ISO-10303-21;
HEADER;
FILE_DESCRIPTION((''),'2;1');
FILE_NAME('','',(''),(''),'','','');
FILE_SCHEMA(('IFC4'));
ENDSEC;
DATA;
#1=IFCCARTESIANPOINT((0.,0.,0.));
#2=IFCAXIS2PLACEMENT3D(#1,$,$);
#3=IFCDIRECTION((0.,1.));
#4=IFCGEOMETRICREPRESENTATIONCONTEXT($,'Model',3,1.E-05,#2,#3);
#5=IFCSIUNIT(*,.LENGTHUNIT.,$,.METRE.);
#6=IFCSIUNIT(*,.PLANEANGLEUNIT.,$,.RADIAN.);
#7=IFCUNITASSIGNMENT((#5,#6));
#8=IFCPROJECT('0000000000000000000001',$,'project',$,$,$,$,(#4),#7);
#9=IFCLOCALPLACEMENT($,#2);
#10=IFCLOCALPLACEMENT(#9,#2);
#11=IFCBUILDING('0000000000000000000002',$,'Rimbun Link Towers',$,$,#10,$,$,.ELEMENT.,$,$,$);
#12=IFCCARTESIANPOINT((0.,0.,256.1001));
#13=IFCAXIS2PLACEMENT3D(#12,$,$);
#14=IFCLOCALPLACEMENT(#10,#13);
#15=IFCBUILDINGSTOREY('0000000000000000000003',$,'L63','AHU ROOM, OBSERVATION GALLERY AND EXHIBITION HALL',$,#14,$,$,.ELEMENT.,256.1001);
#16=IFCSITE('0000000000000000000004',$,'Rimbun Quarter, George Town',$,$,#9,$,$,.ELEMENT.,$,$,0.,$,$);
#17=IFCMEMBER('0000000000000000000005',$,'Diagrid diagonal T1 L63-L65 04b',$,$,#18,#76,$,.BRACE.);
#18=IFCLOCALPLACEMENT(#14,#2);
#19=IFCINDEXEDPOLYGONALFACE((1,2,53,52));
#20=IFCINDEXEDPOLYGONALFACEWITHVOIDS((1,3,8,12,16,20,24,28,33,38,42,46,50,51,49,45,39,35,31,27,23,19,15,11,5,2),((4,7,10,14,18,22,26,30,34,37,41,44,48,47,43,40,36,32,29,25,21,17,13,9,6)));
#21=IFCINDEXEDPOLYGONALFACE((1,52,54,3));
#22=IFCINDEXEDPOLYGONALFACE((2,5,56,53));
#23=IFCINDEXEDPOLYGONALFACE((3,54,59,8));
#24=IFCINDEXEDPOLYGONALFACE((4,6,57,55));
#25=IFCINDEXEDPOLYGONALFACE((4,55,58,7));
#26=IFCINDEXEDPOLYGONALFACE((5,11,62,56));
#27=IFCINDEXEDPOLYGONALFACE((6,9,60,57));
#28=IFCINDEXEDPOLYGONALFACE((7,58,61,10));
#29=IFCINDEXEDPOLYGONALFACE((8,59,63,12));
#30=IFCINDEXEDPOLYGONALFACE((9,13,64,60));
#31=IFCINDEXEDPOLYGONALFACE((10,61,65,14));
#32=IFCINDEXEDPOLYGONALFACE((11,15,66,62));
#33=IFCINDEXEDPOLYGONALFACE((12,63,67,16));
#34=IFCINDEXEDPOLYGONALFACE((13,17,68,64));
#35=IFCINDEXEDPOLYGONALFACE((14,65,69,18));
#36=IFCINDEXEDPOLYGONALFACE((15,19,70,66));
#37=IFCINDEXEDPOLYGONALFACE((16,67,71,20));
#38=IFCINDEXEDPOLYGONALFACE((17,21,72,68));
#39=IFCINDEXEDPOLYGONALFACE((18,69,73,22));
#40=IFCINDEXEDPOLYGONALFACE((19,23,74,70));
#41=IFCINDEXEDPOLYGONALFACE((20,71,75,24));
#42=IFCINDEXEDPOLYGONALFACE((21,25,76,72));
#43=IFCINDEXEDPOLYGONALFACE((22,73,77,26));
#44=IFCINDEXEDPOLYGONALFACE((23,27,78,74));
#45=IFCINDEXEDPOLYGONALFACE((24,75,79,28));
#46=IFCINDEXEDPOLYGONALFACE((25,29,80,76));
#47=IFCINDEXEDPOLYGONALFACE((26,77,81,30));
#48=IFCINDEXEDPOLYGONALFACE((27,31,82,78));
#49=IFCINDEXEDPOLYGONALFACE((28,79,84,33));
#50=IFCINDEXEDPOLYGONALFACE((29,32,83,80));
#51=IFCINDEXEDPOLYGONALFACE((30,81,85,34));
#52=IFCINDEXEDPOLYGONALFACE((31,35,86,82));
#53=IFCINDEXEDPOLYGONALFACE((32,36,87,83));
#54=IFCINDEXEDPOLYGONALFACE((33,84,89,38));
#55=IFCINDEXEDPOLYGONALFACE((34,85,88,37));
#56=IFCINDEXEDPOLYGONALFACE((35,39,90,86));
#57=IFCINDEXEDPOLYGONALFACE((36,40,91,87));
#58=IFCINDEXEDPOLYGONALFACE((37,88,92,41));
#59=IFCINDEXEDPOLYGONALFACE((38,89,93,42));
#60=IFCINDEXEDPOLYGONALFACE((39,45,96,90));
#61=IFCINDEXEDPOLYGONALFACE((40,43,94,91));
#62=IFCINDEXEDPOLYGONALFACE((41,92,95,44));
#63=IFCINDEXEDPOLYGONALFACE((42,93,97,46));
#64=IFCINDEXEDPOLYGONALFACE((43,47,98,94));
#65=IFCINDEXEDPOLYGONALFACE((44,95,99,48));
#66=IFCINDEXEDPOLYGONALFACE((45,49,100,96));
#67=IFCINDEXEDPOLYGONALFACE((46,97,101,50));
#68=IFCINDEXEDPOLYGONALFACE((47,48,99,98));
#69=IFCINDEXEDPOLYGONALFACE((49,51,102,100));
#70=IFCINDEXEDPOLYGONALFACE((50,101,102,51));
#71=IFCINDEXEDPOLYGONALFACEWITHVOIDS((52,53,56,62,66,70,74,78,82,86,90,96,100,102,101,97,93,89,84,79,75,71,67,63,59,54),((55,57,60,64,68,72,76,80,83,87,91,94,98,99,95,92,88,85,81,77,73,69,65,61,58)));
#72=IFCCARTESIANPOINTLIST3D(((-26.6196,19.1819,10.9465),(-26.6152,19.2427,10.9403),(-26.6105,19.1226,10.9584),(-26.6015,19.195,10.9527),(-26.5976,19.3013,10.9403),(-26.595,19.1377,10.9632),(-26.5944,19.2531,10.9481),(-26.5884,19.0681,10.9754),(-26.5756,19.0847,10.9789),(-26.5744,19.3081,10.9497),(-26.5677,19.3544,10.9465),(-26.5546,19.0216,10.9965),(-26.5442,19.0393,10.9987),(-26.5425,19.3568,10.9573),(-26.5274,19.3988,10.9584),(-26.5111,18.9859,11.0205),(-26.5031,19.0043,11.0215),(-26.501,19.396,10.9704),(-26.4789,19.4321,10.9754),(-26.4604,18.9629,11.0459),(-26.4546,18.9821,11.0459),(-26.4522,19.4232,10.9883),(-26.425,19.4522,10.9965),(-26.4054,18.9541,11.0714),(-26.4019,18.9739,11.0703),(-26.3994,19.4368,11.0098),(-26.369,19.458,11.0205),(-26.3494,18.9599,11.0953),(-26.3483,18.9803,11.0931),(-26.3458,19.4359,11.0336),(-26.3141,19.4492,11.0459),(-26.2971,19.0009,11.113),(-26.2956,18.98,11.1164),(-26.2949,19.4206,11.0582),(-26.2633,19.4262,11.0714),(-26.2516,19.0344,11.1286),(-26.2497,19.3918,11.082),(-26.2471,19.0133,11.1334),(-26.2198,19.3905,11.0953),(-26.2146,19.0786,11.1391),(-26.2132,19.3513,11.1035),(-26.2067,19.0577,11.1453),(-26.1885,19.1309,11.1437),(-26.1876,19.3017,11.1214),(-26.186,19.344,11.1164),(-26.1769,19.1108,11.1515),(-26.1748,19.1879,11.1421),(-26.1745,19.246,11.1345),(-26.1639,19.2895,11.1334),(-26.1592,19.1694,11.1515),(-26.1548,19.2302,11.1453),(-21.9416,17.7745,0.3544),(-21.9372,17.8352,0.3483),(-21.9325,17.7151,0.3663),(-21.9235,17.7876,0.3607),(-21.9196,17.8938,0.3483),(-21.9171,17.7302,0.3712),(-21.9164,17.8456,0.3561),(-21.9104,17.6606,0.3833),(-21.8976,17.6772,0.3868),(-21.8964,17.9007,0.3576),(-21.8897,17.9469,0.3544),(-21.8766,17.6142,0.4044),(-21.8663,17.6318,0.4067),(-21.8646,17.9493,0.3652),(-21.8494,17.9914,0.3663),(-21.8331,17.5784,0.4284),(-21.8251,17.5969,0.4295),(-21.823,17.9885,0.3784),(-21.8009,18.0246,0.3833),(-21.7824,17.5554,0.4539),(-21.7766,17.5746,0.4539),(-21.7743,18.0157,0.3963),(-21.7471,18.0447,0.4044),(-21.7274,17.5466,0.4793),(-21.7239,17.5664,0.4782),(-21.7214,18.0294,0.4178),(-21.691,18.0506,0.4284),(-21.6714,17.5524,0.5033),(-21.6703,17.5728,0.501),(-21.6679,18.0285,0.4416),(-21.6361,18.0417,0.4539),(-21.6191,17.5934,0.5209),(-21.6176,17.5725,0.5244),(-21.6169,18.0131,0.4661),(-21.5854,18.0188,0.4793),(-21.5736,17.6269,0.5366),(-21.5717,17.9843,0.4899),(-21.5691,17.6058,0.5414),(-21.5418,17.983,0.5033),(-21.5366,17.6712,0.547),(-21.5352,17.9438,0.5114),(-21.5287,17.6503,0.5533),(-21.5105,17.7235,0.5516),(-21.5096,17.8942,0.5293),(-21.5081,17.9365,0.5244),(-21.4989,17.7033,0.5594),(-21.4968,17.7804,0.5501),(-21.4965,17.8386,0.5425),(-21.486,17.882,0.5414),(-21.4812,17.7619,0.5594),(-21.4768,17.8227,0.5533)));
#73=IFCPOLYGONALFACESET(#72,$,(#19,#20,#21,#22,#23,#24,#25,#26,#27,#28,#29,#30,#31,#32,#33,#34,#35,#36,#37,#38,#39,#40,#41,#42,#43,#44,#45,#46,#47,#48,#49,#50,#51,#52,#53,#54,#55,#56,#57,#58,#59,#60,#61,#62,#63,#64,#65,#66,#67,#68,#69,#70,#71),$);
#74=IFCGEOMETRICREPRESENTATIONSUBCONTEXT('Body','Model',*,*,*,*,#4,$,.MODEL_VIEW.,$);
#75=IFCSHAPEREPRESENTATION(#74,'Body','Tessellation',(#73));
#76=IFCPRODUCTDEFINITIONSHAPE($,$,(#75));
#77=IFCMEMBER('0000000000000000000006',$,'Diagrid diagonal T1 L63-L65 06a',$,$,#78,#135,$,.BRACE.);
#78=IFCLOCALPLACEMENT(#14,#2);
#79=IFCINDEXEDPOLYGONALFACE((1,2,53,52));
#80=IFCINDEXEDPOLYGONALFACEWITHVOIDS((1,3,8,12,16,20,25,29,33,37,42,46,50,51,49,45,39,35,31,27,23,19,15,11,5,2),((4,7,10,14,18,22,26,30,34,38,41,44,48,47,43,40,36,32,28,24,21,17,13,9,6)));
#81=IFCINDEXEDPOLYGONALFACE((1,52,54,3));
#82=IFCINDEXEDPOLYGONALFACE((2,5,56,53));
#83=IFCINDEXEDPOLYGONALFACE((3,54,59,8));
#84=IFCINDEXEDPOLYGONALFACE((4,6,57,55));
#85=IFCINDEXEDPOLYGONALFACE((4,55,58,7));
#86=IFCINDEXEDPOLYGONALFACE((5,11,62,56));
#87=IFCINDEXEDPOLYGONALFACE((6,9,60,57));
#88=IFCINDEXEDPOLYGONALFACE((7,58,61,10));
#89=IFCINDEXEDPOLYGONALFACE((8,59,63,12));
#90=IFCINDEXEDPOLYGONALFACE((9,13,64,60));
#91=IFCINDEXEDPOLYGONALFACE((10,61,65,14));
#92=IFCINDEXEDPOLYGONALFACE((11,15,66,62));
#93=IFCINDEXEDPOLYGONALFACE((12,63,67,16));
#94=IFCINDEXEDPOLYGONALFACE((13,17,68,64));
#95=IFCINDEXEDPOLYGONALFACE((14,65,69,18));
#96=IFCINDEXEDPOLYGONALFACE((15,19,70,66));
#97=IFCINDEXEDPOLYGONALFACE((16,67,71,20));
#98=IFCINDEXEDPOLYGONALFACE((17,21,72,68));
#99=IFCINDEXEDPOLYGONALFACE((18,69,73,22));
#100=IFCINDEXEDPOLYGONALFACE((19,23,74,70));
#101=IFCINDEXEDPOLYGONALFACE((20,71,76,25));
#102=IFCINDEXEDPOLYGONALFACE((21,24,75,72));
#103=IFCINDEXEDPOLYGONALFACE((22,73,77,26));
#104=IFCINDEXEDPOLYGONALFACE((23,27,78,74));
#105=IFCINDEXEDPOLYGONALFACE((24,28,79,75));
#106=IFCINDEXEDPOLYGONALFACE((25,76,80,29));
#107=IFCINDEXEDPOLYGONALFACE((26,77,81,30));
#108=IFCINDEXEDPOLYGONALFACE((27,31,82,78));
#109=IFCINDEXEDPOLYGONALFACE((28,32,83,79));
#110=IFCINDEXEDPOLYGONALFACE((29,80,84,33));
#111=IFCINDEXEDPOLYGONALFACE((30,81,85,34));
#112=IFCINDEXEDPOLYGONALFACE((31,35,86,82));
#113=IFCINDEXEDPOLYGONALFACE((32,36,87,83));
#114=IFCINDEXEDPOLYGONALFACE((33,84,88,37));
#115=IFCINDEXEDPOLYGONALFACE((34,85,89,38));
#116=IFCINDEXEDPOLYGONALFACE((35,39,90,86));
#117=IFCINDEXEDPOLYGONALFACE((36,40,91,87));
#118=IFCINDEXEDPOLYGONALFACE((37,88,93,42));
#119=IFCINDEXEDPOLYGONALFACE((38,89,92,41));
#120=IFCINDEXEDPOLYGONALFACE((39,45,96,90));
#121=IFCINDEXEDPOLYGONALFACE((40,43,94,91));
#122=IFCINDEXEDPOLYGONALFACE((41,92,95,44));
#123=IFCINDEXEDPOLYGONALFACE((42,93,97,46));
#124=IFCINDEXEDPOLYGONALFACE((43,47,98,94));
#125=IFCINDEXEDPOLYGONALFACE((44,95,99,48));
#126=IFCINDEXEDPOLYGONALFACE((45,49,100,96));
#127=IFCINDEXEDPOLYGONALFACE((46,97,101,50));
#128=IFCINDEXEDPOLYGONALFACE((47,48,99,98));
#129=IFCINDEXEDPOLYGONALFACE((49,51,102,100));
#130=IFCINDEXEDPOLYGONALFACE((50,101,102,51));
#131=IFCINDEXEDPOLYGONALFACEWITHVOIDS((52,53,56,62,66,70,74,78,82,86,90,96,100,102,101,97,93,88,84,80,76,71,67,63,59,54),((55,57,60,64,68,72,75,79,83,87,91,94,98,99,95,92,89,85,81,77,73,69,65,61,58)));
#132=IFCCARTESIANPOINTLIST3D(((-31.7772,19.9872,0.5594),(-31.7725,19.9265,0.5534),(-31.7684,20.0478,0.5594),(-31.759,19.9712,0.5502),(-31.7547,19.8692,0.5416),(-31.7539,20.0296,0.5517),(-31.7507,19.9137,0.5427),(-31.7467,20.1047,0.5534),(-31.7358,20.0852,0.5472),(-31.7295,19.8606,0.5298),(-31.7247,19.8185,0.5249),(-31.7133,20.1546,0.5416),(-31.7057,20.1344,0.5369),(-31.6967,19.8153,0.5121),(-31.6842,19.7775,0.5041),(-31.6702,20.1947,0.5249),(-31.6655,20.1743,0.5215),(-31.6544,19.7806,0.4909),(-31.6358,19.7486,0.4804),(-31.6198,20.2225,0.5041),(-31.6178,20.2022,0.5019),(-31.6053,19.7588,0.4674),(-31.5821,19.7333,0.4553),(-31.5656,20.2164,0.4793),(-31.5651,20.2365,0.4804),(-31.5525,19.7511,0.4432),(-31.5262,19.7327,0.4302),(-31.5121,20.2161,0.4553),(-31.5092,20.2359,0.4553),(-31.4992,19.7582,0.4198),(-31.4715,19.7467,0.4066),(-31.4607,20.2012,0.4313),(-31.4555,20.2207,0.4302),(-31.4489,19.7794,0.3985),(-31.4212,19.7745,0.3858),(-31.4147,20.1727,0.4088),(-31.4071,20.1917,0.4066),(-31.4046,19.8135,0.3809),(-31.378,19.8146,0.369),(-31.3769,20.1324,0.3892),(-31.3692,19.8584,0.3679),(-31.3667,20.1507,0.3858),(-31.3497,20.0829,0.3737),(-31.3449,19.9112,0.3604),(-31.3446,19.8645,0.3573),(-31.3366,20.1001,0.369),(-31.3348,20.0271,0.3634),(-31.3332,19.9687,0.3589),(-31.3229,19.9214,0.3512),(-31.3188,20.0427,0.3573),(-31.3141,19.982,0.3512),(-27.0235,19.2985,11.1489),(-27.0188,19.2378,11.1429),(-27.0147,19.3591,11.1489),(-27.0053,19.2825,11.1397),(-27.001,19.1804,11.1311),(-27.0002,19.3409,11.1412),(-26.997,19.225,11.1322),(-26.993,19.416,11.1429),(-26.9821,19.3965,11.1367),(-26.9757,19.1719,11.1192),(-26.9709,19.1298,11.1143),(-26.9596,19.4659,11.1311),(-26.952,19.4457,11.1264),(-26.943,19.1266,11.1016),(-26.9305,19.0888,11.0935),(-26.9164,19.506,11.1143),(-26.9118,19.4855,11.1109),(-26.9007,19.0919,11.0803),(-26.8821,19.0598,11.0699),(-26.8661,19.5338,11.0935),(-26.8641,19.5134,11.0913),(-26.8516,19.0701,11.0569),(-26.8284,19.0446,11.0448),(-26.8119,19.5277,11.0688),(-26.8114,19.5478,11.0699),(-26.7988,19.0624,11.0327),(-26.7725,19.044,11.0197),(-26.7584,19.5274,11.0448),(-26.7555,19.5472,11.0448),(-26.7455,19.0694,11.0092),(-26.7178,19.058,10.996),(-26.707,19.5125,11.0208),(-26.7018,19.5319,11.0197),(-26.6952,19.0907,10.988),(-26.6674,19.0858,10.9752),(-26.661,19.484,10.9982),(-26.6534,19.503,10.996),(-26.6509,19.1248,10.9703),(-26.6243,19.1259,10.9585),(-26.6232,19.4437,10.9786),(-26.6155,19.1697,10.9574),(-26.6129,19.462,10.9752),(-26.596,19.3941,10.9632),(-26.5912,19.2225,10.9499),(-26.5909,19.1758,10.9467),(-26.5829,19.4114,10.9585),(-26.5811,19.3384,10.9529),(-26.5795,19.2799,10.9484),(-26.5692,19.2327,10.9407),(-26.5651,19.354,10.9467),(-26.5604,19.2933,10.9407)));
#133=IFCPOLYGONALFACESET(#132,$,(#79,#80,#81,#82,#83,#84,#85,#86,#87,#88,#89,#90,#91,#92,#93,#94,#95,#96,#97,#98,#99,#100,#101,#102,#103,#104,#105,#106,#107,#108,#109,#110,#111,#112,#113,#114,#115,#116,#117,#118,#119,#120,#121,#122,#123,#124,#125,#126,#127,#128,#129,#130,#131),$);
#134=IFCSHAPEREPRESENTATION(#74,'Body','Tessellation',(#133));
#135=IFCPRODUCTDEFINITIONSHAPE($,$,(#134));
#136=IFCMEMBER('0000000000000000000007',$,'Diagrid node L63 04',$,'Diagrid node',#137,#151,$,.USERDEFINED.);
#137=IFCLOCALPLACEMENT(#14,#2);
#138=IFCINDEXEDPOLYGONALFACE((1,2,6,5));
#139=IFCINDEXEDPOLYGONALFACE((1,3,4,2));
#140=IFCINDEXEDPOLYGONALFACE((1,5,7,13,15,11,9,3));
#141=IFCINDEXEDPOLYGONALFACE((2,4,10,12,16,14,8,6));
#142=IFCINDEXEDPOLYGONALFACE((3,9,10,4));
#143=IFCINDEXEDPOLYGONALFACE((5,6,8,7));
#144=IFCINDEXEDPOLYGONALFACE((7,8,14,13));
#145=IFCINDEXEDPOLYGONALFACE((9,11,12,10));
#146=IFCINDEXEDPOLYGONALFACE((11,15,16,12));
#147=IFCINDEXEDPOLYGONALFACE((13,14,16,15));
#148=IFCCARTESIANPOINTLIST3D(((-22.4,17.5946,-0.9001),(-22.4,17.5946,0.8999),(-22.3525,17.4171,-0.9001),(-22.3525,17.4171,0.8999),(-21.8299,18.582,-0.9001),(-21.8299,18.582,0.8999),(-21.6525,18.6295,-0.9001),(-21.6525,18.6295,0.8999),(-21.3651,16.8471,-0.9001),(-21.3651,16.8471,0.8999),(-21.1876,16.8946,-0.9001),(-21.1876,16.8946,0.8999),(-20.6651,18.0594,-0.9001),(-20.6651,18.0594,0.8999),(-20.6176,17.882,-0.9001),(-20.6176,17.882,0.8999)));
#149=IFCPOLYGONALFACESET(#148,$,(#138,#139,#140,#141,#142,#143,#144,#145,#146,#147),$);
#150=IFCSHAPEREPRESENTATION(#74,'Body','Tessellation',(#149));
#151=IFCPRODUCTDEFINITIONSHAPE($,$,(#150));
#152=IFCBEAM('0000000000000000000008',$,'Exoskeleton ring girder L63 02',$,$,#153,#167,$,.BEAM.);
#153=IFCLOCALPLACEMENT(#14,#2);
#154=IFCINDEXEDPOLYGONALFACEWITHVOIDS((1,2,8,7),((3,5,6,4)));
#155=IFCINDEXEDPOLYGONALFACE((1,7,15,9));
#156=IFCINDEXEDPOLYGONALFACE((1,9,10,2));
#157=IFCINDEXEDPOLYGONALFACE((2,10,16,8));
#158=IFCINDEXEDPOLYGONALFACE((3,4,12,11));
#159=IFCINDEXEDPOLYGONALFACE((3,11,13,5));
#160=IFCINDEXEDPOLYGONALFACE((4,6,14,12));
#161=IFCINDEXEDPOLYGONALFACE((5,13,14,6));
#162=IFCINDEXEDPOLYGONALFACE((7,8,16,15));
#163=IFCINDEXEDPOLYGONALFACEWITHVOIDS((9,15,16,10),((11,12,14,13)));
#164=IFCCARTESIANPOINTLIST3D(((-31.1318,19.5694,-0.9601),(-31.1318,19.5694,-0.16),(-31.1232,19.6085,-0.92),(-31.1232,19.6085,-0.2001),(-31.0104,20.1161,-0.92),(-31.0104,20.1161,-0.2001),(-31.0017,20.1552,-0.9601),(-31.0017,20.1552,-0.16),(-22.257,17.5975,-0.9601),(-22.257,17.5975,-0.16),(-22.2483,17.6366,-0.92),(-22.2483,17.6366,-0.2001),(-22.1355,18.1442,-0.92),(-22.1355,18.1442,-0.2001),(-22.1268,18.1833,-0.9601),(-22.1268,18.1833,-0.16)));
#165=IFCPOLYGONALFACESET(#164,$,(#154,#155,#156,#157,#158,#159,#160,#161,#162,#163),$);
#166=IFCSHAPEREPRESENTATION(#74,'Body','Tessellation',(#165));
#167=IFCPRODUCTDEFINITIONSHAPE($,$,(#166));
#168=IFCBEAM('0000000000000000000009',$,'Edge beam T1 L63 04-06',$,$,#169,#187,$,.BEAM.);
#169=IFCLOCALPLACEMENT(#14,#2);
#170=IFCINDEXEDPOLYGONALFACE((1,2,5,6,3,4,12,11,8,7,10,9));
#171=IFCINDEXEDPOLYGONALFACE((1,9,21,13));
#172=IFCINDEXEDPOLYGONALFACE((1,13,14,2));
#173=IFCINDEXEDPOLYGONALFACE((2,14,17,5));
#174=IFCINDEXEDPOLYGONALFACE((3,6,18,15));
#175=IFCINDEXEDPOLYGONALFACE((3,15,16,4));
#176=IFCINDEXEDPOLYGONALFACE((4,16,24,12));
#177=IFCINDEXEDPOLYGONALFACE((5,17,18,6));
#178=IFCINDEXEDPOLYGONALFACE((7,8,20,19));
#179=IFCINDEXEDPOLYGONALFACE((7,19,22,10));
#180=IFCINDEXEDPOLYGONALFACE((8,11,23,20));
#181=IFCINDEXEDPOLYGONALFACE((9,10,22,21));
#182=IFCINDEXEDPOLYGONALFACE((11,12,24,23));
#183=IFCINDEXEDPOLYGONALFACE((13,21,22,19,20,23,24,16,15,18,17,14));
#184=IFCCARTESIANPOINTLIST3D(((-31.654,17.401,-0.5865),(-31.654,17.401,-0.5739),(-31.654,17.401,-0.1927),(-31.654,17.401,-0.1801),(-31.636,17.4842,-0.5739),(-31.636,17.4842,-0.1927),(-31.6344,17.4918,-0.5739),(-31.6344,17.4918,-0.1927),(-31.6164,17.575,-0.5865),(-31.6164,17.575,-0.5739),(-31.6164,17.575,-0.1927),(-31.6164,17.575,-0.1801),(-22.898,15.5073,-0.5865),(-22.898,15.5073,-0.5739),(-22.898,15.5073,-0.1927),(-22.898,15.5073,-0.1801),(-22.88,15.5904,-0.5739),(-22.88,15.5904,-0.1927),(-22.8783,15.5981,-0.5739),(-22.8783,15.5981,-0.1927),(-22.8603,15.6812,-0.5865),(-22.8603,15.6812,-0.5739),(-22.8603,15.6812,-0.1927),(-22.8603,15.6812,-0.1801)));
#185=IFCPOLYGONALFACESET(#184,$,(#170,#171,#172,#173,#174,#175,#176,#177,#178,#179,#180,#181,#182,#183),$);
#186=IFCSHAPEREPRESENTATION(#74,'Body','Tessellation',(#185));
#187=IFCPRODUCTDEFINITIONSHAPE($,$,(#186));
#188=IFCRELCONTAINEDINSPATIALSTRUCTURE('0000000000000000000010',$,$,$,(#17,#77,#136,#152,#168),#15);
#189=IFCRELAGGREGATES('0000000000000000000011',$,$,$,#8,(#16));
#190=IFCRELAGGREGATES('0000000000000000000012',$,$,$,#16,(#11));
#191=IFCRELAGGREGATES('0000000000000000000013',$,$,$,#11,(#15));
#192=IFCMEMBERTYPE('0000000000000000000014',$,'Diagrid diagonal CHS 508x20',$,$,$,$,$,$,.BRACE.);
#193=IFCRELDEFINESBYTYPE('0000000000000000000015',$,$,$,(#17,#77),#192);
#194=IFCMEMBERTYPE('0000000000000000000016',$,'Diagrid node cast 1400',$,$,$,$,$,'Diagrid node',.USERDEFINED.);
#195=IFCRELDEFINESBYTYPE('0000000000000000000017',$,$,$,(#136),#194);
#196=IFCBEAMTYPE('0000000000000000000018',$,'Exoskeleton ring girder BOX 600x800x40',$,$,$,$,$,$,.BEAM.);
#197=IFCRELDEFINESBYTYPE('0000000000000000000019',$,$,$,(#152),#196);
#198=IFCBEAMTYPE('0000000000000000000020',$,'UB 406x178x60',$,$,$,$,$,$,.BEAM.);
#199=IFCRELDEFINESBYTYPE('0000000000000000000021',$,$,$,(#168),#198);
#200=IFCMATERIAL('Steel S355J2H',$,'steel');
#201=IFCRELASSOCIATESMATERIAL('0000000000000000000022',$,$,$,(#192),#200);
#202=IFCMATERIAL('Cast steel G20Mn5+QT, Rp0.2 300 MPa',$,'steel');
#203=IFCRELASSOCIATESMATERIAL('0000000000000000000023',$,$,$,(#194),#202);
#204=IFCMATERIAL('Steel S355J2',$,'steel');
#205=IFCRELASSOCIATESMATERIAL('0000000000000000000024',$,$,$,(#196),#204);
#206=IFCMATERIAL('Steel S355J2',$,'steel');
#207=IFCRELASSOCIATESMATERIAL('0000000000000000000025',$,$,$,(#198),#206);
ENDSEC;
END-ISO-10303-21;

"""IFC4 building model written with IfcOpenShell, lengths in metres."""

from ifc_helpers import new_model, si_unit, direction, frame, origin, origin_2d, place, context, subcontext, project, spatial, polyline, hollow_rectangle, hollow_circle, i_section, outline, extrude, material, material_profile, profile_set, type_object, element, save


model = new_model("IFC4")

# Units and contexts
model_context = context("Model", 3, precision=1e-05, world=origin(), true_north=direction((0.0, 1.0)))
body_context = subcontext(model_context, "Body", "Model", "MODEL_VIEW")
ifc_project = project(units=[si_unit("LENGTHUNIT", "METRE"), si_unit("PLANEANGLEUNIT", "RADIAN")], contexts=[model_context])

# Site, building, storey
site_placement = place(None, origin())
site = spatial("IfcSite", under=ifc_project, at=site_placement, Name="Rimbun Quarter, George Town", CompositionType="ELEMENT", RefElevation=0.0)
building_placement = place(site_placement, origin())
building = spatial("IfcBuilding", under=site, at=building_placement, Name="Rimbun Link Towers", CompositionType="ELEMENT")
storey_placement = place(building_placement, frame((0.0, 0.0, 256.1001)))
storey = spatial("IfcBuildingStorey", under=building, at=storey_placement, Name="L63", Description="AHU ROOM, OBSERVATION GALLERY AND EXHIBITION HALL", CompositionType="ELEMENT", Elevation=256.1001)

# Members
ifc_material_1 = material(Name="Steel S355J2H", Category="steel")
ifc_material_profile_1 = material_profile(ifc_material_1, hollow_circle(Radius=0.2539, WallThickness=0.02, at=origin_2d()), Name="Diagrid diagonal CHS 508x20")
ifc_profile_set_1 = profile_set([ifc_material_profile_1], Name="Steel S355J2H")
member_type_1 = type_object("IfcMemberType", Name="Diagrid diagonal CHS 508x20", PredefinedType="BRACE", material=ifc_profile_set_1)
member_1_placement = place(storey_placement, frame((-21.7092, 17.7986, 0.4539), z_axis=(-0.401051, 0.120665, 0.908074), x_axis=(-0.288113, -0.957596, 0.0)))
element("IfcMember", 1, at=member_1_placement, inside=storey, type_object=member_type_1, Name="Diagrid diagonal T1 L63-L65 04b", PredefinedType="BRACE", context=body_context, shape_type="SweptSolid", body=[
    extrude(hollow_circle(Radius=0.2539, WallThickness=0.02, at=origin_2d()), origin(), (0.0, 0.0, 1.0), 11.6643),
])
member_2_placement = place(storey_placement, frame((-31.5457, 19.9846, 0.4553), z_axis=(0.408818, -0.05923, 0.910692), x_axis=(0.143385, 0.989667, 0.0)))
element("IfcMember", 2, at=member_2_placement, inside=storey, type_object=member_type_1, Name="Diagrid diagonal T1 L63-L65 06a", PredefinedType="BRACE", context=body_context, shape_type="SweptSolid", body=[
    extrude(hollow_circle(Radius=0.2539, WallThickness=0.02, at=origin_2d()), origin(), (0.0, 0.0, 1.0), 11.6279),
])
ifc_material_2 = material(Name="Cast steel G20Mn5+QT, Rp0.2 300 MPa", Category="steel")
ifc_material_profile_2 = material_profile(ifc_material_2, outline(polyline([(0.7, -0.5701), (0.7, 0.5701), (0.5701, 0.7), (-0.5701, 0.7), (-0.7, 0.5701), (-0.7, -0.5701), (-0.5701, -0.7), (0.5701, -0.7), (0.7, -0.5701)])), Name="NODE 1400x1400")
ifc_profile_set_2 = profile_set([ifc_material_profile_2], Name="Cast steel G20Mn5+QT, Rp0.2 300 MPa")
member_type_2 = type_object("IfcMemberType", Name="Diagrid node cast 1400", ElementType="Diagrid node", PredefinedType="USERDEFINED", material=ifc_profile_set_2)
member_3_placement = place(storey_placement, frame((-21.5088, 17.7383, -0.9001), z_axis=(0.0, 0.0, 1.0), x_axis=(0.5, 0.866025, 0.0)))
element("IfcMember", 3, at=member_3_placement, inside=storey, type_object=member_type_2, Name="Diagrid node L63 04", ObjectType="Diagrid node", PredefinedType="USERDEFINED", context=body_context, shape_type="SweptSolid", body=[
    extrude(outline(polyline([(0.7, -0.5701), (0.7, 0.5701), (0.5701, 0.7), (-0.5701, 0.7), (-0.7, 0.5701), (-0.7, -0.5701), (-0.5701, -0.7), (0.5701, -0.7), (0.7, -0.5701)])), origin(), (0.0, 0.0, 1.0), 1.8),
])

# Beams
ifc_material_3 = material(Name="Steel S355J2", Category="steel")
ifc_material_profile_3 = material_profile(ifc_material_3, hollow_rectangle(XDim=0.6001, YDim=0.8, WallThickness=0.04, at=origin_2d()), Name="Exoskeleton ring girder BOX 600x800x40")
ifc_profile_set_3 = profile_set([ifc_material_profile_3], Name="Steel S355J2")
beam_type_1 = type_object("IfcBeamType", Name="Exoskeleton ring girder BOX 600x800x40", PredefinedType="BEAM", material=ifc_profile_set_3)
beam_1_placement = place(storey_placement, frame((-22.1919, 17.8904, -0.5601), z_axis=(-0.976193, 0.216905, 0.0), x_axis=(-0.216905, -0.976193, 0.0)))
element("IfcBeam", 4, at=beam_1_placement, inside=storey, type_object=beam_type_1, Name="Exoskeleton ring girder L63 02", PredefinedType="BEAM", context=body_context, shape_type="SweptSolid", body=[
    extrude(hollow_rectangle(XDim=0.6001, YDim=0.8, WallThickness=0.04, at=origin_2d()), origin(), (0.0, 0.0, 1.0), 9.0913),
])
ifc_material_4 = material(Name="Steel S355J2", Category="steel")
ifc_material_profile_4 = material_profile(ifc_material_4, i_section(OverallWidth=0.178, OverallDepth=0.4065, WebThickness=0.0078, FlangeThickness=0.0127, at=origin_2d()), Name="UB 406x178x60")
ifc_profile_set_4 = profile_set([ifc_material_profile_4], Name="Steel S355J2")
beam_type_2 = type_object("IfcBeamType", Name="UB 406x178x60", PredefinedType="BEAM", material=ifc_profile_set_4)
beam_2_placement = place(storey_placement, frame((-22.8792, 15.5942, -0.3833), z_axis=(-0.977401, 0.211395, 0.0), x_axis=(-0.211395, -0.977401, 0.0)))
element("IfcBeam", 5, at=beam_2_placement, inside=storey, type_object=beam_type_2, Name="Edge beam T1 L63 04-06", PredefinedType="BEAM", context=body_context, shape_type="SweptSolid", body=[
    extrude(i_section(OverallWidth=0.178, OverallDepth=0.4065, WebThickness=0.0078, FlangeThickness=0.0127, at=origin_2d()), origin(), (0.0, 0.0, 1.0), 8.9585),
])

save(model, "model.ifc")
